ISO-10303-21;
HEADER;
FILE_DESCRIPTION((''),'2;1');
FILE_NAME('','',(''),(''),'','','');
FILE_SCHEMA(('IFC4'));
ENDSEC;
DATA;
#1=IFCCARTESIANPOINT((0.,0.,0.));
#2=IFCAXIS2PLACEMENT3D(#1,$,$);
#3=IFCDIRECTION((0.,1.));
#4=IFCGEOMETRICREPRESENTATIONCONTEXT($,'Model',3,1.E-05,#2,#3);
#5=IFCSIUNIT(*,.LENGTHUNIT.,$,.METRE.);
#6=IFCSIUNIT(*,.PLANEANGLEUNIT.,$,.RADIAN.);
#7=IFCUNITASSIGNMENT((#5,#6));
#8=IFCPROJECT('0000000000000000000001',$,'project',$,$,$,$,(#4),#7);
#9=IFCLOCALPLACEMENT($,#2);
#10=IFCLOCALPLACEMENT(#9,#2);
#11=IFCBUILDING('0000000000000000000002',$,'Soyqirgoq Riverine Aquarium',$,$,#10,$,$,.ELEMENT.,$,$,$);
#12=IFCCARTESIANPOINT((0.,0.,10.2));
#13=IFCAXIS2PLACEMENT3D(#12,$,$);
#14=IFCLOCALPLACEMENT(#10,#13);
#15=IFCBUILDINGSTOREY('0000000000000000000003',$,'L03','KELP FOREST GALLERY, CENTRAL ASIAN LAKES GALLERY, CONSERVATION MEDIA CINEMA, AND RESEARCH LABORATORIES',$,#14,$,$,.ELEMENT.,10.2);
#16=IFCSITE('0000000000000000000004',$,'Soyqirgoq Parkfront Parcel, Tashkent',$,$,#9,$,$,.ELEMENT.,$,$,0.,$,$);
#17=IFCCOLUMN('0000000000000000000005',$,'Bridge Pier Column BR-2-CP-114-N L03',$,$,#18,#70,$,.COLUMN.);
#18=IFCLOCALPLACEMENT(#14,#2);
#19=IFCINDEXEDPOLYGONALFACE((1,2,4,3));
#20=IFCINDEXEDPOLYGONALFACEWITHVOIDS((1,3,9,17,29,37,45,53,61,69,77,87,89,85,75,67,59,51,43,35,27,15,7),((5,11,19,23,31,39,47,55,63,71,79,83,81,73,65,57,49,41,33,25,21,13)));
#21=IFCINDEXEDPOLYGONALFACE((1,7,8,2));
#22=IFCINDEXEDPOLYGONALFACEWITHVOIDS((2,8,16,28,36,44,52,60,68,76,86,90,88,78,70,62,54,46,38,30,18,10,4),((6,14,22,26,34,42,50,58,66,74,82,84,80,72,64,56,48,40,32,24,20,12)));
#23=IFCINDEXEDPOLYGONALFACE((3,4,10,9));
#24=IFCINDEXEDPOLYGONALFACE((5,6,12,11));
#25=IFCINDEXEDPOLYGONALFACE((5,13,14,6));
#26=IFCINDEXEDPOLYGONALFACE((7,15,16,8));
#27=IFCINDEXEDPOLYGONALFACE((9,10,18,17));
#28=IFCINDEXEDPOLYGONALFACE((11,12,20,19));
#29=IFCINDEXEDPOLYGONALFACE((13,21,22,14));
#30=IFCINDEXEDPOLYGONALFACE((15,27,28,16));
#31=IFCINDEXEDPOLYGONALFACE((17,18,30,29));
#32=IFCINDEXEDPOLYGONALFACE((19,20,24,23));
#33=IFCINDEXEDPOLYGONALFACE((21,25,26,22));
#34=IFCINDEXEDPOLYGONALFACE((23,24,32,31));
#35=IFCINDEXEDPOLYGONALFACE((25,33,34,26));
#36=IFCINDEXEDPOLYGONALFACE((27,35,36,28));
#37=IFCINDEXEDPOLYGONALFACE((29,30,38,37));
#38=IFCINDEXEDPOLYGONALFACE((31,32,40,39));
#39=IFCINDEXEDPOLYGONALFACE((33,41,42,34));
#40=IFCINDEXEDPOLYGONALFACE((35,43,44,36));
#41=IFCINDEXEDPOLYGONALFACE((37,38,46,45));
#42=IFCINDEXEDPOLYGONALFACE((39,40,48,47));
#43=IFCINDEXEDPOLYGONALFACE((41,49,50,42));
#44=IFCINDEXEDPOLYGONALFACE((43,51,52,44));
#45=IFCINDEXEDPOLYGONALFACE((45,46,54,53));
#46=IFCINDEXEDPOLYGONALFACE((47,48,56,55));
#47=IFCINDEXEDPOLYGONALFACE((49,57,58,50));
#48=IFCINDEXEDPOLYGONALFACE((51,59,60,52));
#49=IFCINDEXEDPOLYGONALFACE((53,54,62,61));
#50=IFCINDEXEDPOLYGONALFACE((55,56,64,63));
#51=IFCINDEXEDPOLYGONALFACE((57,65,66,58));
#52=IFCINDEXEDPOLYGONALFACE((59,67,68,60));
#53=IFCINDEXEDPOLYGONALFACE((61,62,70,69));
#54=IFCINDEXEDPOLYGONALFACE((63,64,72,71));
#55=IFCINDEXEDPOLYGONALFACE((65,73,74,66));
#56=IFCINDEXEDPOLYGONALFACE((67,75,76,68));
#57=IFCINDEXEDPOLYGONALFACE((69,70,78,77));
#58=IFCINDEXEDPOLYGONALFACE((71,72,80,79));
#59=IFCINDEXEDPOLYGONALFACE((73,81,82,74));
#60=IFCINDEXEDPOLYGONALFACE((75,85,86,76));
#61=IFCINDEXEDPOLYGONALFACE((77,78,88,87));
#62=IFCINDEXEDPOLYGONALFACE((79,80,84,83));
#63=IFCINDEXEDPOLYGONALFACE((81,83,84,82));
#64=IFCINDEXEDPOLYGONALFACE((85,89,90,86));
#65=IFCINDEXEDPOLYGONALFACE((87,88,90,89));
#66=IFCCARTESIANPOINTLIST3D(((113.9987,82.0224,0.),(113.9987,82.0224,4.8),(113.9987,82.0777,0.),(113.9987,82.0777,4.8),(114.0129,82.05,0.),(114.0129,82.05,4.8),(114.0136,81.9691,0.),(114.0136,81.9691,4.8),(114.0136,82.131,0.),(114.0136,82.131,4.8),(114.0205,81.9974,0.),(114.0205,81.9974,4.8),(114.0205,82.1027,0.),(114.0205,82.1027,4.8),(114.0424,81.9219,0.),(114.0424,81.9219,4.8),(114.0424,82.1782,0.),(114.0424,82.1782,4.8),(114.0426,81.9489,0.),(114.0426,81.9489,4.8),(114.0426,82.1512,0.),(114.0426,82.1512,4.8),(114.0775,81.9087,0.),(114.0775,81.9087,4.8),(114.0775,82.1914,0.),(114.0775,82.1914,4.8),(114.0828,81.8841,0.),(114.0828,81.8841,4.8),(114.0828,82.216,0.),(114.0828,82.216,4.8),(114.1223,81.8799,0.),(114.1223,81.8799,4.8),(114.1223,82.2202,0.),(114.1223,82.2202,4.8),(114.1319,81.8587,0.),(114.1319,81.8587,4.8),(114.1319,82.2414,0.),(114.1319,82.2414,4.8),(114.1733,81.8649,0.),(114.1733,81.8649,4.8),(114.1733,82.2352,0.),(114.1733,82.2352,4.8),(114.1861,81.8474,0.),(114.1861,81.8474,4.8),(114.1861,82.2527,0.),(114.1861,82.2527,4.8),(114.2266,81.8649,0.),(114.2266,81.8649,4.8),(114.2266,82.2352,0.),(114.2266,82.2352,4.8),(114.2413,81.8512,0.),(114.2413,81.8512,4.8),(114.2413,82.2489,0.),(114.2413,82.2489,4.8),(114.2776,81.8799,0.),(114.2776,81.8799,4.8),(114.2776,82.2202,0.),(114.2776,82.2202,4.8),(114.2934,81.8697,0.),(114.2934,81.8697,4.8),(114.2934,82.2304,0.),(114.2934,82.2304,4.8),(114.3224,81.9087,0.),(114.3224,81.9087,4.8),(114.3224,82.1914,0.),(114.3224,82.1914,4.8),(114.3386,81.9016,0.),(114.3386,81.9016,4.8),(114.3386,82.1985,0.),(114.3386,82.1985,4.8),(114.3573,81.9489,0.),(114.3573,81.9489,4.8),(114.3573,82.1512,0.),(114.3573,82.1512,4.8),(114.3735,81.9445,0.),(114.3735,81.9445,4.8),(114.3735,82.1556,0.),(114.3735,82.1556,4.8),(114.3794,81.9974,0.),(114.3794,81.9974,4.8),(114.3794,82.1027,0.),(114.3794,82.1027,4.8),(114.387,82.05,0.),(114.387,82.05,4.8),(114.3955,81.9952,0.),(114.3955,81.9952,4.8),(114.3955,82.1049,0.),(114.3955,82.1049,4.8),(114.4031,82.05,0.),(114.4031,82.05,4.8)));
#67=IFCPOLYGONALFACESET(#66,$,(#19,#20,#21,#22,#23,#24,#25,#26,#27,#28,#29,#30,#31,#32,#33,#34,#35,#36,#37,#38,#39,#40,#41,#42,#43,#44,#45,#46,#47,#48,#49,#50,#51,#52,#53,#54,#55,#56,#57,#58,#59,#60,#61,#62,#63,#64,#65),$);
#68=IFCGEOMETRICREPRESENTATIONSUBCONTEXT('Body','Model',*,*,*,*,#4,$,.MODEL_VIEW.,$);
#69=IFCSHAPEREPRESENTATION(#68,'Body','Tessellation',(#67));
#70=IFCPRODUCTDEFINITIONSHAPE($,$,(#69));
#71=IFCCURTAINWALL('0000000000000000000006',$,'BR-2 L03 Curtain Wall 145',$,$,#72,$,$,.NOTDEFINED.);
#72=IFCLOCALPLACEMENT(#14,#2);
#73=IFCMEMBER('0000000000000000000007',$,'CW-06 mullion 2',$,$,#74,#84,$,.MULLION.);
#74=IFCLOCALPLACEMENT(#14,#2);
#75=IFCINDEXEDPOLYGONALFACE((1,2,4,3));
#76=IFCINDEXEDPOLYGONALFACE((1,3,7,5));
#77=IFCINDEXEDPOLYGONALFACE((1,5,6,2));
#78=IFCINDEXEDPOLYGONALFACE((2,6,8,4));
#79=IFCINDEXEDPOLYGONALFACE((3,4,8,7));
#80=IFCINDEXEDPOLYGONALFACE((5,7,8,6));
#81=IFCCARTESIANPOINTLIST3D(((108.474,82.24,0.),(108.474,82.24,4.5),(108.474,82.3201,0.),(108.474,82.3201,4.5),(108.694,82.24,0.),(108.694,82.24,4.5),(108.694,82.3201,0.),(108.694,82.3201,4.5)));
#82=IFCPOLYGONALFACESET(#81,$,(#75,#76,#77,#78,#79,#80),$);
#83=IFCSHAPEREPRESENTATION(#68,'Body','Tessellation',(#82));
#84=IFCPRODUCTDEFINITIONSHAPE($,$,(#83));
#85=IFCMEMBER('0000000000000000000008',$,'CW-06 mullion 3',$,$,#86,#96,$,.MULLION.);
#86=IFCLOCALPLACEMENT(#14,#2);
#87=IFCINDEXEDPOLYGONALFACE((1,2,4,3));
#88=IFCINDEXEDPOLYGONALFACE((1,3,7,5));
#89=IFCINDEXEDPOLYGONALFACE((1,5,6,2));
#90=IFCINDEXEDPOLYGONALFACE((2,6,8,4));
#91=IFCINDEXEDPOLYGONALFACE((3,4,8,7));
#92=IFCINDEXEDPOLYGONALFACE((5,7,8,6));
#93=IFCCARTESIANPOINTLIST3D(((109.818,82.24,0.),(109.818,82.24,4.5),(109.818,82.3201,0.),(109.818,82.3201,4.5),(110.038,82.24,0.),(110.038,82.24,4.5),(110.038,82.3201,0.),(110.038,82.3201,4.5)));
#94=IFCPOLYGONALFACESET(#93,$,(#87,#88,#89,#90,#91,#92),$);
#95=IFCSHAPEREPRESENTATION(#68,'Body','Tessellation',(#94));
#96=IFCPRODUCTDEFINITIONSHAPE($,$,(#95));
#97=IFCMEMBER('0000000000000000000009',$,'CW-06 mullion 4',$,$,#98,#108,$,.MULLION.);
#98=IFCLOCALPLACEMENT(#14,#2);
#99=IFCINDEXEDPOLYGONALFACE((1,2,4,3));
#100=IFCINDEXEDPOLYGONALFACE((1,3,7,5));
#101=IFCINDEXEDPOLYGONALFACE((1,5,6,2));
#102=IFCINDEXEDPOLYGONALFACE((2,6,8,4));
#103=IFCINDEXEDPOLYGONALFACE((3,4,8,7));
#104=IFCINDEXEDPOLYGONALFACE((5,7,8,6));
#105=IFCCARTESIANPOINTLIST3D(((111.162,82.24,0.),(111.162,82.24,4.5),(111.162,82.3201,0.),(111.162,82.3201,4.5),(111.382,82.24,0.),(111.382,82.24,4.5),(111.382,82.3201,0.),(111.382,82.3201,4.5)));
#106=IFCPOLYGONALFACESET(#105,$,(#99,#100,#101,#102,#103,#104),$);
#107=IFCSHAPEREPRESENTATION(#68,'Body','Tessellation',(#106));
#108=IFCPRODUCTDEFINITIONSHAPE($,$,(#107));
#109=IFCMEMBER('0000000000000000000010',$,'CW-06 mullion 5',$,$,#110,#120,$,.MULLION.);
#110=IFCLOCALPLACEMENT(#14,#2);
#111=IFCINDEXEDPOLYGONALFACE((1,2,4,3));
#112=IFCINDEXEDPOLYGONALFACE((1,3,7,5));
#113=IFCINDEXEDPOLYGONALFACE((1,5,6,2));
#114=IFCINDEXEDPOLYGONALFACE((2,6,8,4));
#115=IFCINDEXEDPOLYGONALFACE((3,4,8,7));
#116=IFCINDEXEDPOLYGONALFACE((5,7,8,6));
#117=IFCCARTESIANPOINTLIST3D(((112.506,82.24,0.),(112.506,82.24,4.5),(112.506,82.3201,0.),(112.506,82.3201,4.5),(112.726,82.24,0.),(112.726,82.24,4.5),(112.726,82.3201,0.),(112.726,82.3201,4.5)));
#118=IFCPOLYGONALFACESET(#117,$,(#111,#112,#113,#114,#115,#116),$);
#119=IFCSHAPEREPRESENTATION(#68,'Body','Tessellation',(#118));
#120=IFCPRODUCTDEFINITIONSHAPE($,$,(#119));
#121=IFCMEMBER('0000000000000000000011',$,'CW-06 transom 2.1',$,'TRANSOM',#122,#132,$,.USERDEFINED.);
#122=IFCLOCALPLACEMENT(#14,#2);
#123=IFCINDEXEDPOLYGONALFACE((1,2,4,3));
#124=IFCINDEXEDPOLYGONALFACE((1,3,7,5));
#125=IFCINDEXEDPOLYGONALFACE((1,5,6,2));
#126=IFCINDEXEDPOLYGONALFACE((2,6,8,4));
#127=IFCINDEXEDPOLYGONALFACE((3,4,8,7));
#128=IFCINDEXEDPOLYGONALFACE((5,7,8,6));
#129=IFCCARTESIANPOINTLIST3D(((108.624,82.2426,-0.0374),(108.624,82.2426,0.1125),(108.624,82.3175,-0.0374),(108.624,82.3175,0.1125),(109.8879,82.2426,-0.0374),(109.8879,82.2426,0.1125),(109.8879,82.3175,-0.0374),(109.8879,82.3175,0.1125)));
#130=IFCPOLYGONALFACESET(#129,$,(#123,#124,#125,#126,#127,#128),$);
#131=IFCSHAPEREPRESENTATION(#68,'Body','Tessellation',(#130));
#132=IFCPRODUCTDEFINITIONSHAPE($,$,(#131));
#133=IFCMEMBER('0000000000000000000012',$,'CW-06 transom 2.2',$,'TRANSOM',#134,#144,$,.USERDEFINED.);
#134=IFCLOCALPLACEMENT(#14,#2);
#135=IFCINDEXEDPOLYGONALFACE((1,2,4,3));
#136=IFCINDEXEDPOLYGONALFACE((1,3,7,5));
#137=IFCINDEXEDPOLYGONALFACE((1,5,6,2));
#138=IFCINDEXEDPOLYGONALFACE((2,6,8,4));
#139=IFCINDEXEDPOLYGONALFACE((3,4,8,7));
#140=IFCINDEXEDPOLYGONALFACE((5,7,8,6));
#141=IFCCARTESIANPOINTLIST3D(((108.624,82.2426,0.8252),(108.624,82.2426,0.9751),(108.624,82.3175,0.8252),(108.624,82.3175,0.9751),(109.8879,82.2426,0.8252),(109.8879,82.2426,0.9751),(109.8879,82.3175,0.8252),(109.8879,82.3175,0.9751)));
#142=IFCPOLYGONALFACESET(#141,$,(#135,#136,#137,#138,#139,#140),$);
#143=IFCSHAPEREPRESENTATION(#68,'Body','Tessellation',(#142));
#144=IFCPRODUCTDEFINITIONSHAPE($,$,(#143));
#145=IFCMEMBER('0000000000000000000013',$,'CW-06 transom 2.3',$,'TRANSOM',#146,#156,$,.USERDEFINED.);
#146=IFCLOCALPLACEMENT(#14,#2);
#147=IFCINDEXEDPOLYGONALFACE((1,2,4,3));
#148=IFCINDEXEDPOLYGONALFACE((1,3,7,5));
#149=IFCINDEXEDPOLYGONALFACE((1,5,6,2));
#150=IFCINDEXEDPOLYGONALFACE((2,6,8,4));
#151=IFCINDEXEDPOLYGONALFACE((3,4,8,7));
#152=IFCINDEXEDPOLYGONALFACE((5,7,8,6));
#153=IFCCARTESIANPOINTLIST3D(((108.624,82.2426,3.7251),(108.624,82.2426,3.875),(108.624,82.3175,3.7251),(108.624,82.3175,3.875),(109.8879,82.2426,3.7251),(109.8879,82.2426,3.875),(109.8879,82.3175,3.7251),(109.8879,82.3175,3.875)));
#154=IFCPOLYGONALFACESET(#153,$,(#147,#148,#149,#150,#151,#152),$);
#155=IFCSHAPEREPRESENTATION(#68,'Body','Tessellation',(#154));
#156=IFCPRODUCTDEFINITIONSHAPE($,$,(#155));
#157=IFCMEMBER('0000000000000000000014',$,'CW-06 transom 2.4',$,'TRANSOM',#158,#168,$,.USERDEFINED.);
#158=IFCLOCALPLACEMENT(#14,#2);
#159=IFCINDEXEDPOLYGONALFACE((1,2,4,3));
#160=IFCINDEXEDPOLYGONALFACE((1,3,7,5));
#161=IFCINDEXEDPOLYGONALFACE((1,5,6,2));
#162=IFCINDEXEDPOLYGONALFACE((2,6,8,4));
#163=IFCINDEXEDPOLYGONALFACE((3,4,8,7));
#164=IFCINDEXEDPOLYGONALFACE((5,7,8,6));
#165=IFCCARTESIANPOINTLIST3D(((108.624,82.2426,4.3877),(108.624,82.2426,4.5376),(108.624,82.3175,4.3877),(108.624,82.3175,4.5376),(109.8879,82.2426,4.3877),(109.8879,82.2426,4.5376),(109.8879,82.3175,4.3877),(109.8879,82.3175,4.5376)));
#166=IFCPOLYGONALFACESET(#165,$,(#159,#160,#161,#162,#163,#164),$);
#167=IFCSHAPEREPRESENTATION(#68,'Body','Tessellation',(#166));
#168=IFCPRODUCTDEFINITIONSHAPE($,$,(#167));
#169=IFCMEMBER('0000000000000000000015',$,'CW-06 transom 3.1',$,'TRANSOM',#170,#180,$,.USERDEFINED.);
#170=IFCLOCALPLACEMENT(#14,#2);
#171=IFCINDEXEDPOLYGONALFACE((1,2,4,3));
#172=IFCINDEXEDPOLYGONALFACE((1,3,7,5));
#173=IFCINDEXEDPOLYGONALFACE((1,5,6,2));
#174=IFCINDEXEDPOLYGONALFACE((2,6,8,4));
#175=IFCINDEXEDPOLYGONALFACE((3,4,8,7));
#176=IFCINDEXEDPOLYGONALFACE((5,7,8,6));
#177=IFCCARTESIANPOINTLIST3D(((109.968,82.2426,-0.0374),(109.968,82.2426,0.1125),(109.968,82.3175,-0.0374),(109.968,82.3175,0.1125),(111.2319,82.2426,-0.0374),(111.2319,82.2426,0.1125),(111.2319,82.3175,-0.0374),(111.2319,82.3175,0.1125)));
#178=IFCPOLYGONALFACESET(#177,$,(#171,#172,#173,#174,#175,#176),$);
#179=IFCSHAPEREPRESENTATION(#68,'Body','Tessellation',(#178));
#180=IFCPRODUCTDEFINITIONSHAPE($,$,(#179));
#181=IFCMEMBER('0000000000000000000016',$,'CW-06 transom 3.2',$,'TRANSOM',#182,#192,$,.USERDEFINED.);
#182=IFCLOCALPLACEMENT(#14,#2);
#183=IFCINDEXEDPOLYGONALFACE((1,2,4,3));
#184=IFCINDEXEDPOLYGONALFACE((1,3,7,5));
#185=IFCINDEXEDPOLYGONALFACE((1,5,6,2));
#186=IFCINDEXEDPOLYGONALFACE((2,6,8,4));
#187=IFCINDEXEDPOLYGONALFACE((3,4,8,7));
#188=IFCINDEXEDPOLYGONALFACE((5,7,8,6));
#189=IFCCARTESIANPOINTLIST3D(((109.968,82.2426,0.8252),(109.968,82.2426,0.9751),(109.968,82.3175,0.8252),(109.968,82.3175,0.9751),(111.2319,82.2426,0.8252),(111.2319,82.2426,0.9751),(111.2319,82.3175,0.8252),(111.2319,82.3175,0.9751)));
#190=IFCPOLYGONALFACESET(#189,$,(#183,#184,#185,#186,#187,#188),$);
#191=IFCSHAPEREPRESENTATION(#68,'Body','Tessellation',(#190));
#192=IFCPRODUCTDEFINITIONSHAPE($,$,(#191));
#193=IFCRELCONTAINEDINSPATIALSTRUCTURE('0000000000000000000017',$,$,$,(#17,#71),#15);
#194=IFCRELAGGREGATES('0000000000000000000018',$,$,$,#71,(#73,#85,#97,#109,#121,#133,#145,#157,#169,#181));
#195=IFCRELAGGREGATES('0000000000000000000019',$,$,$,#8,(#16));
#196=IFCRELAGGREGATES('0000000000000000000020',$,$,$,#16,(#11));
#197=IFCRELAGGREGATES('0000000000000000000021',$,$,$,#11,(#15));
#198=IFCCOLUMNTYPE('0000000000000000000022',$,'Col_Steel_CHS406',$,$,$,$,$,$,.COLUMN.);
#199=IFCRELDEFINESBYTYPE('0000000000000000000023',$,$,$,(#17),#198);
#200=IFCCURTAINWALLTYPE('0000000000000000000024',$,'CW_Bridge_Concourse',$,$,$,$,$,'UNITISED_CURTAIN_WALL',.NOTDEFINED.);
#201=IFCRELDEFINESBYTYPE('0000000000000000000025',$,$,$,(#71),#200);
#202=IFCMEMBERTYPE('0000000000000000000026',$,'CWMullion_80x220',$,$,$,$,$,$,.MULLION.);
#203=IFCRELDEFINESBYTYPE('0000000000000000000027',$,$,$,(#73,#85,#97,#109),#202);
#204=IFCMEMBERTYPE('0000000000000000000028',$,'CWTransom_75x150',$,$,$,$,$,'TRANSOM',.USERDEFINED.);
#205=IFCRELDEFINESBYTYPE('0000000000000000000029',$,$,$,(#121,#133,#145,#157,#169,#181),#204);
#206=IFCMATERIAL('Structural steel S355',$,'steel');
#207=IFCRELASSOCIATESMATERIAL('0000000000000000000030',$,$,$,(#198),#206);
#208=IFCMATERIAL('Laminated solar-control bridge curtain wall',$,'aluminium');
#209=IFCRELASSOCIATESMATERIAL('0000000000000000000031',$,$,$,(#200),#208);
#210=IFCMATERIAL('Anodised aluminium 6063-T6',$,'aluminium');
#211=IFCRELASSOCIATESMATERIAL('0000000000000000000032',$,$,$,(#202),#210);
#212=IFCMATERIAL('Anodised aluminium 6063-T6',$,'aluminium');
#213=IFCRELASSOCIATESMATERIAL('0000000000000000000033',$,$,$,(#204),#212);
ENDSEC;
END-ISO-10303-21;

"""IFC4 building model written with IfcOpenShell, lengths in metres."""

from ifc_helpers import new_model, si_unit, direction, frame, origin, origin_2d, place, context, subcontext, project, spatial, rectangle, hollow_circle, extrude, material, material_profile, profile_set, type_object, element, aggregate, save


model = new_model("IFC4")

# Units and contexts
model_context = context("Model", 3, precision=1e-05, world=origin(), true_north=direction((0.0, 1.0)))
body_context = subcontext(model_context, "Body", "Model", "MODEL_VIEW")
ifc_project = project(units=[si_unit("LENGTHUNIT", "METRE"), si_unit("PLANEANGLEUNIT", "RADIAN")], contexts=[model_context])

# Site, building, storey
site_placement = place(None, origin())
site = spatial("IfcSite", under=ifc_project, at=site_placement, Name="Soyqirgoq Parkfront Parcel, Tashkent", CompositionType="ELEMENT", RefElevation=0.0)
building_placement = place(site_placement, origin())
building = spatial("IfcBuilding", under=site, at=building_placement, Name="Soyqirgoq Riverine Aquarium", CompositionType="ELEMENT")
storey_placement = place(building_placement, frame((0.0, 0.0, 10.2)))
storey = spatial("IfcBuildingStorey", under=building, at=storey_placement, Name="L03", Description="KELP FOREST GALLERY, CENTRAL ASIAN LAKES GALLERY, CONSERVATION MEDIA CINEMA, AND RESEARCH LABORATORIES", CompositionType="ELEMENT", Elevation=10.2)

# Column
ifc_material_1 = material(Name="Structural steel S355", Category="steel")
ifc_material_profile_1 = material_profile(ifc_material_1, hollow_circle(Radius=0.2031, WallThickness=0.0161, at=origin_2d()), Name="CHS 406.4x16")
ifc_profile_set_1 = profile_set([ifc_material_profile_1], Name="Structural steel S355")
column_type = type_object("IfcColumnType", Name="Col_Steel_CHS406", PredefinedType="COLUMN", material=ifc_profile_set_1)
column_placement = place(storey_placement, frame((114.2, 82.05, 0.0), z_axis=(0.0, 0.0, 1.0), x_axis=(1.0, 0.0, 0.0)))
element("IfcColumn", 1, at=column_placement, inside=storey, type_object=column_type, Name="Bridge Pier Column BR-2-CP-114-N L03", PredefinedType="COLUMN", context=body_context, shape_type="SweptSolid", body=[
    extrude(hollow_circle(Radius=0.2031, WallThickness=0.0161, at=origin_2d()), origin(), (0.0, 0.0, 1.0), 4.8),
])

# Curtain wall, members
ifc_material_2 = material(Name="Laminated solar-control bridge curtain wall", Category="aluminium")
curtain_wall_type = type_object("IfcCurtainWallType", Name="CW_Bridge_Concourse", ElementType="UNITISED_CURTAIN_WALL", PredefinedType="NOTDEFINED", material=ifc_material_2)
curtain_wall_placement = place(storey_placement, origin())
curtain_wall = element("IfcCurtainWall", 2, at=curtain_wall_placement, inside=storey, type_object=curtain_wall_type, Name="BR-2 L03 Curtain Wall 145", PredefinedType="NOTDEFINED")
ifc_material_3 = material(Name="Anodised aluminium 6063-T6", Category="aluminium")
ifc_material_profile_2 = material_profile(ifc_material_3, rectangle(XDim=0.0801, YDim=0.22, at=origin_2d()), Name="ALU-M 80x220")
ifc_profile_set_2 = profile_set([ifc_material_profile_2], Name="Anodised aluminium 6063-T6")
member_type_1 = type_object("IfcMemberType", Name="CWMullion_80x220", PredefinedType="MULLION", material=ifc_profile_set_2)
member_1_placement = place(storey_placement, frame((108.584, 82.28, 0.0), z_axis=(0.0, 0.0, 1.0), x_axis=(0.0, 1.0, 0.0)))
member_1 = element("IfcMember", 3, at=member_1_placement, type_object=member_type_1, Name="CW-06 mullion 2", PredefinedType="MULLION", context=body_context, shape_type="SweptSolid", body=[
    extrude(rectangle(XDim=0.0801, YDim=0.22, at=origin_2d()), origin(), (0.0, 0.0, 1.0), 4.5),
])
member_2_placement = place(storey_placement, frame((109.928, 82.28, 0.0), z_axis=(0.0, 0.0, 1.0), x_axis=(0.0, 1.0, 0.0)))
member_2 = element("IfcMember", 4, at=member_2_placement, type_object=member_type_1, Name="CW-06 mullion 3", PredefinedType="MULLION", context=body_context, shape_type="SweptSolid", body=[
    extrude(rectangle(XDim=0.0801, YDim=0.22, at=origin_2d()), origin(), (0.0, 0.0, 1.0), 4.5),
])
member_3_placement = place(storey_placement, frame((111.272, 82.28, 0.0), z_axis=(0.0, 0.0, 1.0), x_axis=(0.0, 1.0, 0.0)))
member_3 = element("IfcMember", 5, at=member_3_placement, type_object=member_type_1, Name="CW-06 mullion 4", PredefinedType="MULLION", context=body_context, shape_type="SweptSolid", body=[
    extrude(rectangle(XDim=0.0801, YDim=0.22, at=origin_2d()), origin(), (0.0, 0.0, 1.0), 4.5),
])
member_4_placement = place(storey_placement, frame((112.616, 82.28, 0.0), z_axis=(0.0, 0.0, 1.0), x_axis=(0.0, 1.0, 0.0)))
member_4 = element("IfcMember", 6, at=member_4_placement, type_object=member_type_1, Name="CW-06 mullion 5", PredefinedType="MULLION", context=body_context, shape_type="SweptSolid", body=[
    extrude(rectangle(XDim=0.0801, YDim=0.22, at=origin_2d()), origin(), (0.0, 0.0, 1.0), 4.5),
])
ifc_material_4 = material(Name="Anodised aluminium 6063-T6", Category="aluminium")
ifc_material_profile_3 = material_profile(ifc_material_4, rectangle(XDim=0.075, YDim=0.1499, at=origin_2d()), Name="ALU-T 75x150")
ifc_profile_set_3 = profile_set([ifc_material_profile_3], Name="Anodised aluminium 6063-T6")
member_type_2 = type_object("IfcMemberType", Name="CWTransom_75x150", ElementType="TRANSOM", PredefinedType="USERDEFINED", material=ifc_profile_set_3)
member_5_placement = place(storey_placement, frame((108.624, 82.28, 0.0376), z_axis=(1.0, 0.0, 0.0), x_axis=(0.0, 1.0, 0.0)))
member_5 = element("IfcMember", 7, at=member_5_placement, type_object=member_type_2, Name="CW-06 transom 2.1", ObjectType="TRANSOM", PredefinedType="USERDEFINED", context=body_context, shape_type="SweptSolid", body=[
    extrude(rectangle(XDim=0.075, YDim=0.1499, at=origin_2d()), origin(), (0.0, 0.0, 1.0), 1.2639),
])
member_6_placement = place(storey_placement, frame((108.624, 82.28, 0.9001), z_axis=(1.0, 0.0, 0.0), x_axis=(0.0, 1.0, 0.0)))
member_6 = element("IfcMember", 8, at=member_6_placement, type_object=member_type_2, Name="CW-06 transom 2.2", ObjectType="TRANSOM", PredefinedType="USERDEFINED", context=body_context, shape_type="SweptSolid", body=[
    extrude(rectangle(XDim=0.075, YDim=0.1499, at=origin_2d()), origin(), (0.0, 0.0, 1.0), 1.2639),
])
member_7_placement = place(storey_placement, frame((108.624, 82.28, 3.8), z_axis=(1.0, 0.0, 0.0), x_axis=(0.0, 1.0, 0.0)))
member_7 = element("IfcMember", 9, at=member_7_placement, type_object=member_type_2, Name="CW-06 transom 2.3", ObjectType="TRANSOM", PredefinedType="USERDEFINED", context=body_context, shape_type="SweptSolid", body=[
    extrude(rectangle(XDim=0.075, YDim=0.1499, at=origin_2d()), origin(), (0.0, 0.0, 1.0), 1.2639),
])
member_8_placement = place(storey_placement, frame((108.624, 82.28, 4.4626), z_axis=(1.0, 0.0, 0.0), x_axis=(0.0, 1.0, 0.0)))
member_8 = element("IfcMember", 10, at=member_8_placement, type_object=member_type_2, Name="CW-06 transom 2.4", ObjectType="TRANSOM", PredefinedType="USERDEFINED", context=body_context, shape_type="SweptSolid", body=[
    extrude(rectangle(XDim=0.075, YDim=0.1499, at=origin_2d()), origin(), (0.0, 0.0, 1.0), 1.2639),
])
member_9_placement = place(storey_placement, frame((109.968, 82.28, 0.0376), z_axis=(1.0, 0.0, 0.0), x_axis=(0.0, 1.0, 0.0)))
member_9 = element("IfcMember", 11, at=member_9_placement, type_object=member_type_2, Name="CW-06 transom 3.1", ObjectType="TRANSOM", PredefinedType="USERDEFINED", context=body_context, shape_type="SweptSolid", body=[
    extrude(rectangle(XDim=0.075, YDim=0.1499, at=origin_2d()), origin(), (0.0, 0.0, 1.0), 1.2639),
])
member_10_placement = place(storey_placement, frame((109.968, 82.28, 0.9001), z_axis=(1.0, 0.0, 0.0), x_axis=(0.0, 1.0, 0.0)))
member_10 = element("IfcMember", 12, at=member_10_placement, type_object=member_type_2, Name="CW-06 transom 3.2", ObjectType="TRANSOM", PredefinedType="USERDEFINED", context=body_context, shape_type="SweptSolid", body=[
    extrude(rectangle(XDim=0.075, YDim=0.1499, at=origin_2d()), origin(), (0.0, 0.0, 1.0), 1.2639),
])

aggregate(curtain_wall, [member_1, member_2, member_3, member_4, member_5, member_6, member_7, member_8, member_9, member_10])

save(model, "model.ifc")
